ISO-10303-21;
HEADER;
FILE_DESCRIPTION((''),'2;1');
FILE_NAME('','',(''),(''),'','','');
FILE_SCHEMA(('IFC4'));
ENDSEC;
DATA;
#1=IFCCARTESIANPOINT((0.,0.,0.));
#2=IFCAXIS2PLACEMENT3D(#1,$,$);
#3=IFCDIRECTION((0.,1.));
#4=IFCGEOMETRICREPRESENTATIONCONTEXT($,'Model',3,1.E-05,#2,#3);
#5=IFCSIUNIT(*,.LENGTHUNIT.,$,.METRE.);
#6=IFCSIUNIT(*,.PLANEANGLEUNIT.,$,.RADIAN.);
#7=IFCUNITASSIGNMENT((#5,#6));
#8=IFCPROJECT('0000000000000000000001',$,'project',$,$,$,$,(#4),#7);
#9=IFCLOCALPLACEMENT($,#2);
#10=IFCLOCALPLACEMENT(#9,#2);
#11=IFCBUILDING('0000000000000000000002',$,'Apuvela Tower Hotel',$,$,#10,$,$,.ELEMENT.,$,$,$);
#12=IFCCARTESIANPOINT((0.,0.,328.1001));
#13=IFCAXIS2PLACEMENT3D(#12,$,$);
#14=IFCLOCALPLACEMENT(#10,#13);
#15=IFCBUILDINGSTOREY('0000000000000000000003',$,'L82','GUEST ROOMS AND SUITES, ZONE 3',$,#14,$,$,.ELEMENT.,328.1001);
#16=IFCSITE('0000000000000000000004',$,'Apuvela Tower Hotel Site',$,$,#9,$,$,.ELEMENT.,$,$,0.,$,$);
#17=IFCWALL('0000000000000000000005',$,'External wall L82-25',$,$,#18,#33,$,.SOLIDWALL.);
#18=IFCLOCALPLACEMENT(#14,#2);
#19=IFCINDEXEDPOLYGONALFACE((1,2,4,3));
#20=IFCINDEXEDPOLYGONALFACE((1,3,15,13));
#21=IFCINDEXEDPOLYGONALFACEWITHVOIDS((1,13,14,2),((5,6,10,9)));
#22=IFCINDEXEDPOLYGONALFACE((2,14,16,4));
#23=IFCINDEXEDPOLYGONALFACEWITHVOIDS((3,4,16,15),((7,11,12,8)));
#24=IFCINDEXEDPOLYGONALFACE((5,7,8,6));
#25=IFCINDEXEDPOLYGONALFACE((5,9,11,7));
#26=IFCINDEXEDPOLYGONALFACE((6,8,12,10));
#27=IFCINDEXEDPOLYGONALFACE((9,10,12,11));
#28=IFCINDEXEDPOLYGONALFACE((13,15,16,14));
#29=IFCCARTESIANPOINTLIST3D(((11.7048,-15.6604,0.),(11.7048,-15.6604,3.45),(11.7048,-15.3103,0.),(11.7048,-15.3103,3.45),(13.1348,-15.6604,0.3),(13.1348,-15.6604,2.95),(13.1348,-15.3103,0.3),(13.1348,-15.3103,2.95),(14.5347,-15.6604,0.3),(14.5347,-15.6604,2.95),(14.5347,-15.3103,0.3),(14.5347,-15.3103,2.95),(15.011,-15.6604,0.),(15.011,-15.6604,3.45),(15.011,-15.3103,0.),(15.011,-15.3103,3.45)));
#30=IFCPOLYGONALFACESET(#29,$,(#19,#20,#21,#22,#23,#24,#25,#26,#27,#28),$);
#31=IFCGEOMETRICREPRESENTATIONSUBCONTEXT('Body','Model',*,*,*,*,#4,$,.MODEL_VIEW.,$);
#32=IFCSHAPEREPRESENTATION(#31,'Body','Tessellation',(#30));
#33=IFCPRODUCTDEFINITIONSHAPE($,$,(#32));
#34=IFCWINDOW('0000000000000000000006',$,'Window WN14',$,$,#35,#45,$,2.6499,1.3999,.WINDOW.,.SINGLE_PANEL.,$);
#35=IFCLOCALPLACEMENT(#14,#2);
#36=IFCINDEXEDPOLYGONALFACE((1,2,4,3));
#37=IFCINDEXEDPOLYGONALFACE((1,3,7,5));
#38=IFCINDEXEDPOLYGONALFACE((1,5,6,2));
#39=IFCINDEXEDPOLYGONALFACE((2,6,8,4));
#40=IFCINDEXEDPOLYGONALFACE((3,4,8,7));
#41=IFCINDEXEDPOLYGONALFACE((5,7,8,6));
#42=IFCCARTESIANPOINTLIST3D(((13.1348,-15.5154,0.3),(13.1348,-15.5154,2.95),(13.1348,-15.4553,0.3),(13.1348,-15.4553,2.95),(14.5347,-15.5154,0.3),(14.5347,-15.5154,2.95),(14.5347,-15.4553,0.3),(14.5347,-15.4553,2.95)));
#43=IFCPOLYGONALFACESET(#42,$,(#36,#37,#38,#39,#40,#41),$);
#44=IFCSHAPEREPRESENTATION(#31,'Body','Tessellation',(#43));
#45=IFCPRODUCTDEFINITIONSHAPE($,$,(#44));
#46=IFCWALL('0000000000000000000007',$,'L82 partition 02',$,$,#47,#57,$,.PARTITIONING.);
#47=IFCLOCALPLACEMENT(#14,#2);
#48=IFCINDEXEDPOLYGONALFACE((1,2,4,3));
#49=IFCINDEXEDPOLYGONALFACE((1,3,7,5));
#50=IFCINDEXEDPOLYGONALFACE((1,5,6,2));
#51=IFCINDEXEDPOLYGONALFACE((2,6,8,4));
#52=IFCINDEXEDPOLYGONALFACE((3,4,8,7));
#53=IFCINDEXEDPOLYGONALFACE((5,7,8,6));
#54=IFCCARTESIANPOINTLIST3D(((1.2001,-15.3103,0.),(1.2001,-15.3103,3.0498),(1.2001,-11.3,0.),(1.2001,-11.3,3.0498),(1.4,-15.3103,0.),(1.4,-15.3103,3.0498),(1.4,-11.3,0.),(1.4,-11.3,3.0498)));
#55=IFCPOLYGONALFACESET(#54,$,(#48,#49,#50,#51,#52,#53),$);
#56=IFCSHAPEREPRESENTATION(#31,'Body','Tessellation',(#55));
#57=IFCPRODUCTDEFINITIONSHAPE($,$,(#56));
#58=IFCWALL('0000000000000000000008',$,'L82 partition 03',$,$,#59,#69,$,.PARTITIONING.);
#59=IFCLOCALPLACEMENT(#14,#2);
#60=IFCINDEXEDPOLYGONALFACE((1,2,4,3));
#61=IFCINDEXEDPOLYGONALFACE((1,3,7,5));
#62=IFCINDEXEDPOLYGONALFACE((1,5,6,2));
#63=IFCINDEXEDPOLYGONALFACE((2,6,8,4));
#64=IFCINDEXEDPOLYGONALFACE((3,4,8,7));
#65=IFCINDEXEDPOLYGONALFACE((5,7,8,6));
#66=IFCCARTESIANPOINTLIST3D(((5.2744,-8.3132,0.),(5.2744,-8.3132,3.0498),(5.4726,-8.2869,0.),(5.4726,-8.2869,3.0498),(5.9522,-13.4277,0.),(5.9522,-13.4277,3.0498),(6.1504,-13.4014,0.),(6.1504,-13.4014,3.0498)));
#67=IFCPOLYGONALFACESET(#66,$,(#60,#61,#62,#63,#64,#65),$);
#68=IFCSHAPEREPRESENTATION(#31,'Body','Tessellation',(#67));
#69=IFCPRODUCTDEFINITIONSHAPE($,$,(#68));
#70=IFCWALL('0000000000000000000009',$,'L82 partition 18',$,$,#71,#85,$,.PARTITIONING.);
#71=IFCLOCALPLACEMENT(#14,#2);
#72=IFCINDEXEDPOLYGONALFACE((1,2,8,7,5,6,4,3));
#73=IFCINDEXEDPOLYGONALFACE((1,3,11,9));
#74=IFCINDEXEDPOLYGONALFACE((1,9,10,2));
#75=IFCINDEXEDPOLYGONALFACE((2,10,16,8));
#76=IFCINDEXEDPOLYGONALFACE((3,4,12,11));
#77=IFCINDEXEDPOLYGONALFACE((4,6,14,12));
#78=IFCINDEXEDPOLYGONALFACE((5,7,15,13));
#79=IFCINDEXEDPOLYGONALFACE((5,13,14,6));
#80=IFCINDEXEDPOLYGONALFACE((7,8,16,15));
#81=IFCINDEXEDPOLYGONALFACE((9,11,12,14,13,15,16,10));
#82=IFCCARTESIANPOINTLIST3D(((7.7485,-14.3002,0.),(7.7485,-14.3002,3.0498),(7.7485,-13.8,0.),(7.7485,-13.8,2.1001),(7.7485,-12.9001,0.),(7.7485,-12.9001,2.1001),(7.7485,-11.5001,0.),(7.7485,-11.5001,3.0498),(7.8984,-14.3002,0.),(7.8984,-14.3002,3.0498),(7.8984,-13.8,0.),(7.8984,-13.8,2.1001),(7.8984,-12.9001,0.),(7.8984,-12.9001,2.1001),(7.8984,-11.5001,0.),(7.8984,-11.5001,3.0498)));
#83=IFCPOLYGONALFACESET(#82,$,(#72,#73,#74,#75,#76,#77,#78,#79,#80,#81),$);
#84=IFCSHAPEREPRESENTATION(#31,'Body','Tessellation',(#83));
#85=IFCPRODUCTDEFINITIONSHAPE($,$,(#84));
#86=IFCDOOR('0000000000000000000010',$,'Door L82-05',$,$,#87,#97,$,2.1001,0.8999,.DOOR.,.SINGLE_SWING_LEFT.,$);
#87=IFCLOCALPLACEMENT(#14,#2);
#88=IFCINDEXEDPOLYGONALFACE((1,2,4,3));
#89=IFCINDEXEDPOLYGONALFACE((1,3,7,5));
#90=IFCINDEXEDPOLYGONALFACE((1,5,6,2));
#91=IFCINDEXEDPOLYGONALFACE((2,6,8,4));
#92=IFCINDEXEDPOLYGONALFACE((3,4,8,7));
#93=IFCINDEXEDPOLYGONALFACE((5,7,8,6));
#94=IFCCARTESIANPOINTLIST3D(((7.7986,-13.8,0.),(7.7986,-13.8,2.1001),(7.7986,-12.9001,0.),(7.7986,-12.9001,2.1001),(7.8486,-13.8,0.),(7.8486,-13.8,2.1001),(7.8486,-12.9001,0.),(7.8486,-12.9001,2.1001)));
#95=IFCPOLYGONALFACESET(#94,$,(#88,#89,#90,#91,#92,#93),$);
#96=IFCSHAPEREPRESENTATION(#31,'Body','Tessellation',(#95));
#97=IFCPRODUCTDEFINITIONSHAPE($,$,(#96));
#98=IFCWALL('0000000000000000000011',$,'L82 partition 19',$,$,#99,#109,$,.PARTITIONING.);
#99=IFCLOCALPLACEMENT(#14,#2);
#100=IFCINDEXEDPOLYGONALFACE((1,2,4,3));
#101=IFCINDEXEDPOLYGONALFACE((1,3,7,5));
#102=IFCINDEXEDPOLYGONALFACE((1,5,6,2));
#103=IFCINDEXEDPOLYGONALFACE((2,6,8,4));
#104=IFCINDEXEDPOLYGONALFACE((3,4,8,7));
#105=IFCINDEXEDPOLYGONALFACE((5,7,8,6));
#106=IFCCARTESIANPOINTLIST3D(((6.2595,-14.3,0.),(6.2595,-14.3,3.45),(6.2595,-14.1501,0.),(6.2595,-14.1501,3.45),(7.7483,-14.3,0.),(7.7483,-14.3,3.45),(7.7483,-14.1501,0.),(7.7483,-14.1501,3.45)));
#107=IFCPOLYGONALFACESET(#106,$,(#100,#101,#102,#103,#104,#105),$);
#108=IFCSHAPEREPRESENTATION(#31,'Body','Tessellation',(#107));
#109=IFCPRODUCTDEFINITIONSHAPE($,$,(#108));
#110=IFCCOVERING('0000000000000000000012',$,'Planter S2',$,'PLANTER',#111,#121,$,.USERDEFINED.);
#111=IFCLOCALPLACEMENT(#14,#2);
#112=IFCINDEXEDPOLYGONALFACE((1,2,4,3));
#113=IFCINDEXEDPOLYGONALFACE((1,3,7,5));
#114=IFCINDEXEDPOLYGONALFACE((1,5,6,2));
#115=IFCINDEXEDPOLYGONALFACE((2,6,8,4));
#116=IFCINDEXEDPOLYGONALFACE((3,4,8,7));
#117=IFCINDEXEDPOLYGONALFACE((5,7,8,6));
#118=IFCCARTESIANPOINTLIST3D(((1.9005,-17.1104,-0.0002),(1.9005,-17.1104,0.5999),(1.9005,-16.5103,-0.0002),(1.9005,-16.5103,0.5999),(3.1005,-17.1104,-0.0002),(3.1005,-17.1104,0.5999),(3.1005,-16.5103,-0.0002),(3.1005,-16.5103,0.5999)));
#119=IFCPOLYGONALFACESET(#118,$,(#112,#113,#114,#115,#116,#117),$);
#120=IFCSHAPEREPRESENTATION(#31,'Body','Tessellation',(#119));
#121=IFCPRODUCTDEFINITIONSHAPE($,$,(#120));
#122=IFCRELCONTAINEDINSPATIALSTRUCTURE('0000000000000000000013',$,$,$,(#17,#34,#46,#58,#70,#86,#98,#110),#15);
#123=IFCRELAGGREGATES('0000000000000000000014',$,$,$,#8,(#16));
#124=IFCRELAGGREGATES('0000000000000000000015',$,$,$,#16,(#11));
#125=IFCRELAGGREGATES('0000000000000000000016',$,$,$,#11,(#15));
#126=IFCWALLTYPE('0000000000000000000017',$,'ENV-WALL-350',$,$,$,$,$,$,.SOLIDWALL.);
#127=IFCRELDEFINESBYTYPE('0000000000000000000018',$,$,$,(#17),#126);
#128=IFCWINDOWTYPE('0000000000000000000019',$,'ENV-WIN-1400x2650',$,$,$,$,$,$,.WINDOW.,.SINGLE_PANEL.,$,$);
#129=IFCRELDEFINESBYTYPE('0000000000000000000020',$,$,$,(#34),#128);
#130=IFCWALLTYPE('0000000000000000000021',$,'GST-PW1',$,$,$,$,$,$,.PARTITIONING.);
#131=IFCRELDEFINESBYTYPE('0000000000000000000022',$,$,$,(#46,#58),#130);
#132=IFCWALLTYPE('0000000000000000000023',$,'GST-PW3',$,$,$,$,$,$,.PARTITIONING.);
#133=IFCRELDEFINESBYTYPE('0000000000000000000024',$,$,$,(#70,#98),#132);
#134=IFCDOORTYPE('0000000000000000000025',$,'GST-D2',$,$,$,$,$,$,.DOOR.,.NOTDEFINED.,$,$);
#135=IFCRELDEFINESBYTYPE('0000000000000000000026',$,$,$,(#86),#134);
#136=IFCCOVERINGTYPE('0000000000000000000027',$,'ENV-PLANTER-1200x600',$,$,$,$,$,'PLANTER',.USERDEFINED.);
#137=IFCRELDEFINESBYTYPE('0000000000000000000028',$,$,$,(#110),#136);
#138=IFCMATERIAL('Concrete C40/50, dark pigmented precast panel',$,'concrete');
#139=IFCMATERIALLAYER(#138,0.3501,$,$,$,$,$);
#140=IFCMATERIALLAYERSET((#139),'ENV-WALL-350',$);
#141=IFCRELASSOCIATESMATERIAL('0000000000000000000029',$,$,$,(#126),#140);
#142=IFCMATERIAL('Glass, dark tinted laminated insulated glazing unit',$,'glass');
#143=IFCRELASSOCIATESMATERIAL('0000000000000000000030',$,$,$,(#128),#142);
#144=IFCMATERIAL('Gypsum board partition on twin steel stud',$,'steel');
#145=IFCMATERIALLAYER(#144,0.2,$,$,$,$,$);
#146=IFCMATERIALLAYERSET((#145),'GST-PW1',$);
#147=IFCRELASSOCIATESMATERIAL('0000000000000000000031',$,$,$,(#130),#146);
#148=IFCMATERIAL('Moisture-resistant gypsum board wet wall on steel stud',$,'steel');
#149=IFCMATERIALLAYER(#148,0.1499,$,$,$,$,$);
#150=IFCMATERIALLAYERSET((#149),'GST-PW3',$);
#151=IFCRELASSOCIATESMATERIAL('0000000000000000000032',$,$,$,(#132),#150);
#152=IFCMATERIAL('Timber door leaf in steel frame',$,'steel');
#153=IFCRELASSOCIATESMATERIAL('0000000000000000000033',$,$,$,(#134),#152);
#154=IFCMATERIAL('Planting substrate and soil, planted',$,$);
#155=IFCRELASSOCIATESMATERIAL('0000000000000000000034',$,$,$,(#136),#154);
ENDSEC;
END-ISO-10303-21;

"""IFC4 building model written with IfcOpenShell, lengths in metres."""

from ifc_helpers import new_model, si_unit, direction, frame, frame_2d, origin, origin_2d, place, context, subcontext, project, spatial, rectangle, extrude, material, layer, layer_set, type_object, element, fill, save


model = new_model("IFC4")

# Units and contexts
model_context = context("Model", 3, precision=1e-05, world=origin(), true_north=direction((0.0, 1.0)))
body_context = subcontext(model_context, "Body", "Model", "MODEL_VIEW")
ifc_project = project(units=[si_unit("LENGTHUNIT", "METRE"), si_unit("PLANEANGLEUNIT", "RADIAN")], contexts=[model_context])

# Site, building, storey
site_placement = place(None, origin())
site = spatial("IfcSite", under=ifc_project, at=site_placement, Name="Apuvela Tower Hotel Site", CompositionType="ELEMENT", RefElevation=0.0)
building_placement = place(site_placement, origin())
building = spatial("IfcBuilding", under=site, at=building_placement, Name="Apuvela Tower Hotel", CompositionType="ELEMENT")
storey_placement = place(building_placement, frame((0.0, 0.0, 328.1001)))
storey = spatial("IfcBuildingStorey", under=building, at=storey_placement, Name="L82", Description="GUEST ROOMS AND SUITES, ZONE 3", CompositionType="ELEMENT", Elevation=328.1001)

# Shared definitions
ifc_material_1 = material(Name="Concrete C40/50, dark pigmented precast panel", Category="concrete")
ifc_layer_1 = layer(ifc_material_1, 0.3501)
ifc_layer_set_1 = layer_set([ifc_layer_1], Name="ENV-WALL-350")
wall_type_1 = type_object("IfcWallType", Name="ENV-WALL-350", PredefinedType="SOLIDWALL", material=ifc_layer_set_1)

# Wall, opening, window
wall_1_placement = place(storey_placement, frame((11.7048, -15.4854, 0.0), z_axis=(0.0, 0.0, 1.0), x_axis=(1.0, 0.0, 0.0)))
wall_1 = element("IfcWall", 1, at=wall_1_placement, inside=storey, type_object=wall_type_1, Name="External wall L82-25", PredefinedType="SOLIDWALL", context=body_context, shape_type="SweptSolid", body=[
    extrude(rectangle(XDim=3.3062, YDim=0.3501, at=frame_2d((1.6531, 0.0))), origin(), (0.0, 0.0, 1.0), 3.45),
])
opening_1_placement = place(wall_1_placement, frame((1.4299, 0.0, 0.3)))
opening_1 = element("IfcOpeningElement", 2, at=opening_1_placement, cuts=wall_1, PredefinedType="OPENING", context=body_context, shape_type="SweptSolid", body=[
    extrude(rectangle(XDim=1.3999, YDim=2.6499, at=frame_2d((0.7, 1.325))), frame((0.0, 0.1851, 0.0), z_axis=(0.0, -1.0, 0.0), x_axis=(1.0, 0.0, 0.0)), (0.0, 0.0, 1.0), 0.3701),
])
ifc_material_2 = material(Name="Glass, dark tinted laminated insulated glazing unit", Category="glass")
window_type = type_object("IfcWindowType", Name="ENV-WIN-1400x2650", PartitioningType="SINGLE_PANEL", PredefinedType="WINDOW", material=ifc_material_2)
window_placement = place(opening_1_placement, origin())
window = element("IfcWindow", 3, at=window_placement, inside=storey, type_object=window_type, Name="Window WN14", OverallHeight=2.6499, OverallWidth=1.3999, PartitioningType="SINGLE_PANEL", PredefinedType="WINDOW", context=body_context, shape_type="SweptSolid", body=[
    extrude(rectangle(XDim=1.3999, YDim=2.6499, at=frame_2d((0.7, 1.325))), frame((0.0, 0.03, 0.0), z_axis=(0.0, -1.0, 0.0), x_axis=(1.0, 0.0, 0.0)), (0.0, 0.0, 1.0), 0.0601),
])
fill(opening_1, window)

# Walls
ifc_material_3 = material(Name="Gypsum board partition on twin steel stud", Category="steel")
ifc_layer_2 = layer(ifc_material_3, 0.2)
ifc_layer_set_2 = layer_set([ifc_layer_2], Name="GST-PW1")
wall_type_2 = type_object("IfcWallType", Name="GST-PW1", PredefinedType="PARTITIONING", material=ifc_layer_set_2)
wall_2_placement = place(storey_placement, frame((1.3, -15.3103, 0.0), z_axis=(0.0, 0.0, 1.0), x_axis=(0.0, 1.0, 0.0)))
element("IfcWall", 4, at=wall_2_placement, inside=storey, type_object=wall_type_2, Name="L82 partition 02", PredefinedType="PARTITIONING", context=body_context, shape_type="SweptSolid", body=[
    extrude(rectangle(XDim=4.0103, YDim=0.2, at=frame_2d((2.0051, 0.0))), origin(), (0.0, 0.0, 1.0), 3.0498),
])
wall_3_placement = place(storey_placement, frame((6.0513, -13.4146, 0.0), z_axis=(0.0, 0.0, 1.0), x_axis=(-0.131364, 0.991334, 0.0)))
element("IfcWall", 5, at=wall_3_placement, inside=storey, type_object=wall_type_2, Name="L82 partition 03", PredefinedType="PARTITIONING", context=body_context, shape_type="SweptSolid", body=[
    extrude(rectangle(XDim=5.1592, YDim=0.2, at=frame_2d((2.5796, 0.0))), origin(), (0.0, 0.0, 1.0), 3.0498),
])

# Wall, opening, door
ifc_material_4 = material(Name="Moisture-resistant gypsum board wet wall on steel stud", Category="steel")
ifc_layer_3 = layer(ifc_material_4, 0.1499)
ifc_layer_set_3 = layer_set([ifc_layer_3], Name="GST-PW3")
wall_type_3 = type_object("IfcWallType", Name="GST-PW3", PredefinedType="PARTITIONING", material=ifc_layer_set_3)
wall_4_placement = place(storey_placement, frame((7.8235, -14.3, 0.0), z_axis=(0.0, 0.0, 1.0), x_axis=(0.0, 1.0, 0.0)))
wall_4 = element("IfcWall", 6, at=wall_4_placement, inside=storey, type_object=wall_type_3, Name="L82 partition 18", PredefinedType="PARTITIONING", context=body_context, shape_type="SweptSolid", body=[
    extrude(rectangle(XDim=2.8, YDim=0.1499, at=frame_2d((1.3999, 0.0))), origin(), (0.0, 0.0, 1.0), 3.0498),
])
opening_2_placement = place(wall_4_placement, frame((0.5, 0.0, 0.0)))
opening_2 = element("IfcOpeningElement", 7, at=opening_2_placement, cuts=wall_4, PredefinedType="OPENING", context=body_context, shape_type="SweptSolid", body=[
    extrude(rectangle(XDim=0.8999, YDim=2.1001, at=frame_2d((0.45, 1.05))), frame((0.0, 0.085, 0.0), z_axis=(0.0, -1.0, 0.0), x_axis=(1.0, 0.0, 0.0)), (0.0, 0.0, 1.0), 0.1699),
])
ifc_material_5 = material(Name="Timber door leaf in steel frame", Category="steel")
door_type_1 = type_object("IfcDoorType", Name="GST-D2", OperationType="NOTDEFINED", PredefinedType="DOOR", material=ifc_material_5)
door_1_placement = place(opening_2_placement, origin())
door_1 = element("IfcDoor", 8, at=door_1_placement, inside=storey, type_object=door_type_1, Name="Door L82-05", OperationType="SINGLE_SWING_LEFT", OverallHeight=2.1001, OverallWidth=0.8999, PredefinedType="DOOR", context=body_context, shape_type="SweptSolid", body=[
    extrude(rectangle(XDim=0.8999, YDim=2.1001, at=frame_2d((0.45, 1.05))), frame((0.0, 0.0249, 0.0), z_axis=(0.0, -1.0, 0.0), x_axis=(1.0, 0.0, 0.0)), (0.0, 0.0, 1.0), 0.05),
])
fill(opening_2, door_1)

# Wall
wall_5_placement = place(storey_placement, frame((6.2595, -14.2251, 0.0), z_axis=(0.0, 0.0, 1.0), x_axis=(1.0, 0.0, 0.0)))
element("IfcWall", 9, at=wall_5_placement, inside=storey, type_object=wall_type_3, Name="L82 partition 19", PredefinedType="PARTITIONING", context=body_context, shape_type="SweptSolid", body=[
    extrude(rectangle(XDim=1.4888, YDim=0.1499, at=frame_2d((0.7444, 0.0))), origin(), (0.0, 0.0, 1.0), 3.45),
])

# Covering
ifc_material_6 = material(Name="Planting substrate and soil, planted")
covering_type = type_object("IfcCoveringType", Name="ENV-PLANTER-1200x600", ElementType="PLANTER", PredefinedType="USERDEFINED", material=ifc_material_6)
covering_placement = place(storey_placement, frame((2.5005, -16.8103, -0.0002), z_axis=(0.0, 0.0, 1.0), x_axis=(1.0, 0.0, 0.0)))
element("IfcCovering", 10, at=covering_placement, inside=storey, type_object=covering_type, Name="Planter S2", ObjectType="PLANTER", PredefinedType="USERDEFINED", context=body_context, shape_type="SweptSolid", body=[
    extrude(rectangle(XDim=1.2, YDim=0.6001, at=origin_2d()), origin(), (0.0, 0.0, 1.0), 0.6001),
])

save(model, "model.ifc")
